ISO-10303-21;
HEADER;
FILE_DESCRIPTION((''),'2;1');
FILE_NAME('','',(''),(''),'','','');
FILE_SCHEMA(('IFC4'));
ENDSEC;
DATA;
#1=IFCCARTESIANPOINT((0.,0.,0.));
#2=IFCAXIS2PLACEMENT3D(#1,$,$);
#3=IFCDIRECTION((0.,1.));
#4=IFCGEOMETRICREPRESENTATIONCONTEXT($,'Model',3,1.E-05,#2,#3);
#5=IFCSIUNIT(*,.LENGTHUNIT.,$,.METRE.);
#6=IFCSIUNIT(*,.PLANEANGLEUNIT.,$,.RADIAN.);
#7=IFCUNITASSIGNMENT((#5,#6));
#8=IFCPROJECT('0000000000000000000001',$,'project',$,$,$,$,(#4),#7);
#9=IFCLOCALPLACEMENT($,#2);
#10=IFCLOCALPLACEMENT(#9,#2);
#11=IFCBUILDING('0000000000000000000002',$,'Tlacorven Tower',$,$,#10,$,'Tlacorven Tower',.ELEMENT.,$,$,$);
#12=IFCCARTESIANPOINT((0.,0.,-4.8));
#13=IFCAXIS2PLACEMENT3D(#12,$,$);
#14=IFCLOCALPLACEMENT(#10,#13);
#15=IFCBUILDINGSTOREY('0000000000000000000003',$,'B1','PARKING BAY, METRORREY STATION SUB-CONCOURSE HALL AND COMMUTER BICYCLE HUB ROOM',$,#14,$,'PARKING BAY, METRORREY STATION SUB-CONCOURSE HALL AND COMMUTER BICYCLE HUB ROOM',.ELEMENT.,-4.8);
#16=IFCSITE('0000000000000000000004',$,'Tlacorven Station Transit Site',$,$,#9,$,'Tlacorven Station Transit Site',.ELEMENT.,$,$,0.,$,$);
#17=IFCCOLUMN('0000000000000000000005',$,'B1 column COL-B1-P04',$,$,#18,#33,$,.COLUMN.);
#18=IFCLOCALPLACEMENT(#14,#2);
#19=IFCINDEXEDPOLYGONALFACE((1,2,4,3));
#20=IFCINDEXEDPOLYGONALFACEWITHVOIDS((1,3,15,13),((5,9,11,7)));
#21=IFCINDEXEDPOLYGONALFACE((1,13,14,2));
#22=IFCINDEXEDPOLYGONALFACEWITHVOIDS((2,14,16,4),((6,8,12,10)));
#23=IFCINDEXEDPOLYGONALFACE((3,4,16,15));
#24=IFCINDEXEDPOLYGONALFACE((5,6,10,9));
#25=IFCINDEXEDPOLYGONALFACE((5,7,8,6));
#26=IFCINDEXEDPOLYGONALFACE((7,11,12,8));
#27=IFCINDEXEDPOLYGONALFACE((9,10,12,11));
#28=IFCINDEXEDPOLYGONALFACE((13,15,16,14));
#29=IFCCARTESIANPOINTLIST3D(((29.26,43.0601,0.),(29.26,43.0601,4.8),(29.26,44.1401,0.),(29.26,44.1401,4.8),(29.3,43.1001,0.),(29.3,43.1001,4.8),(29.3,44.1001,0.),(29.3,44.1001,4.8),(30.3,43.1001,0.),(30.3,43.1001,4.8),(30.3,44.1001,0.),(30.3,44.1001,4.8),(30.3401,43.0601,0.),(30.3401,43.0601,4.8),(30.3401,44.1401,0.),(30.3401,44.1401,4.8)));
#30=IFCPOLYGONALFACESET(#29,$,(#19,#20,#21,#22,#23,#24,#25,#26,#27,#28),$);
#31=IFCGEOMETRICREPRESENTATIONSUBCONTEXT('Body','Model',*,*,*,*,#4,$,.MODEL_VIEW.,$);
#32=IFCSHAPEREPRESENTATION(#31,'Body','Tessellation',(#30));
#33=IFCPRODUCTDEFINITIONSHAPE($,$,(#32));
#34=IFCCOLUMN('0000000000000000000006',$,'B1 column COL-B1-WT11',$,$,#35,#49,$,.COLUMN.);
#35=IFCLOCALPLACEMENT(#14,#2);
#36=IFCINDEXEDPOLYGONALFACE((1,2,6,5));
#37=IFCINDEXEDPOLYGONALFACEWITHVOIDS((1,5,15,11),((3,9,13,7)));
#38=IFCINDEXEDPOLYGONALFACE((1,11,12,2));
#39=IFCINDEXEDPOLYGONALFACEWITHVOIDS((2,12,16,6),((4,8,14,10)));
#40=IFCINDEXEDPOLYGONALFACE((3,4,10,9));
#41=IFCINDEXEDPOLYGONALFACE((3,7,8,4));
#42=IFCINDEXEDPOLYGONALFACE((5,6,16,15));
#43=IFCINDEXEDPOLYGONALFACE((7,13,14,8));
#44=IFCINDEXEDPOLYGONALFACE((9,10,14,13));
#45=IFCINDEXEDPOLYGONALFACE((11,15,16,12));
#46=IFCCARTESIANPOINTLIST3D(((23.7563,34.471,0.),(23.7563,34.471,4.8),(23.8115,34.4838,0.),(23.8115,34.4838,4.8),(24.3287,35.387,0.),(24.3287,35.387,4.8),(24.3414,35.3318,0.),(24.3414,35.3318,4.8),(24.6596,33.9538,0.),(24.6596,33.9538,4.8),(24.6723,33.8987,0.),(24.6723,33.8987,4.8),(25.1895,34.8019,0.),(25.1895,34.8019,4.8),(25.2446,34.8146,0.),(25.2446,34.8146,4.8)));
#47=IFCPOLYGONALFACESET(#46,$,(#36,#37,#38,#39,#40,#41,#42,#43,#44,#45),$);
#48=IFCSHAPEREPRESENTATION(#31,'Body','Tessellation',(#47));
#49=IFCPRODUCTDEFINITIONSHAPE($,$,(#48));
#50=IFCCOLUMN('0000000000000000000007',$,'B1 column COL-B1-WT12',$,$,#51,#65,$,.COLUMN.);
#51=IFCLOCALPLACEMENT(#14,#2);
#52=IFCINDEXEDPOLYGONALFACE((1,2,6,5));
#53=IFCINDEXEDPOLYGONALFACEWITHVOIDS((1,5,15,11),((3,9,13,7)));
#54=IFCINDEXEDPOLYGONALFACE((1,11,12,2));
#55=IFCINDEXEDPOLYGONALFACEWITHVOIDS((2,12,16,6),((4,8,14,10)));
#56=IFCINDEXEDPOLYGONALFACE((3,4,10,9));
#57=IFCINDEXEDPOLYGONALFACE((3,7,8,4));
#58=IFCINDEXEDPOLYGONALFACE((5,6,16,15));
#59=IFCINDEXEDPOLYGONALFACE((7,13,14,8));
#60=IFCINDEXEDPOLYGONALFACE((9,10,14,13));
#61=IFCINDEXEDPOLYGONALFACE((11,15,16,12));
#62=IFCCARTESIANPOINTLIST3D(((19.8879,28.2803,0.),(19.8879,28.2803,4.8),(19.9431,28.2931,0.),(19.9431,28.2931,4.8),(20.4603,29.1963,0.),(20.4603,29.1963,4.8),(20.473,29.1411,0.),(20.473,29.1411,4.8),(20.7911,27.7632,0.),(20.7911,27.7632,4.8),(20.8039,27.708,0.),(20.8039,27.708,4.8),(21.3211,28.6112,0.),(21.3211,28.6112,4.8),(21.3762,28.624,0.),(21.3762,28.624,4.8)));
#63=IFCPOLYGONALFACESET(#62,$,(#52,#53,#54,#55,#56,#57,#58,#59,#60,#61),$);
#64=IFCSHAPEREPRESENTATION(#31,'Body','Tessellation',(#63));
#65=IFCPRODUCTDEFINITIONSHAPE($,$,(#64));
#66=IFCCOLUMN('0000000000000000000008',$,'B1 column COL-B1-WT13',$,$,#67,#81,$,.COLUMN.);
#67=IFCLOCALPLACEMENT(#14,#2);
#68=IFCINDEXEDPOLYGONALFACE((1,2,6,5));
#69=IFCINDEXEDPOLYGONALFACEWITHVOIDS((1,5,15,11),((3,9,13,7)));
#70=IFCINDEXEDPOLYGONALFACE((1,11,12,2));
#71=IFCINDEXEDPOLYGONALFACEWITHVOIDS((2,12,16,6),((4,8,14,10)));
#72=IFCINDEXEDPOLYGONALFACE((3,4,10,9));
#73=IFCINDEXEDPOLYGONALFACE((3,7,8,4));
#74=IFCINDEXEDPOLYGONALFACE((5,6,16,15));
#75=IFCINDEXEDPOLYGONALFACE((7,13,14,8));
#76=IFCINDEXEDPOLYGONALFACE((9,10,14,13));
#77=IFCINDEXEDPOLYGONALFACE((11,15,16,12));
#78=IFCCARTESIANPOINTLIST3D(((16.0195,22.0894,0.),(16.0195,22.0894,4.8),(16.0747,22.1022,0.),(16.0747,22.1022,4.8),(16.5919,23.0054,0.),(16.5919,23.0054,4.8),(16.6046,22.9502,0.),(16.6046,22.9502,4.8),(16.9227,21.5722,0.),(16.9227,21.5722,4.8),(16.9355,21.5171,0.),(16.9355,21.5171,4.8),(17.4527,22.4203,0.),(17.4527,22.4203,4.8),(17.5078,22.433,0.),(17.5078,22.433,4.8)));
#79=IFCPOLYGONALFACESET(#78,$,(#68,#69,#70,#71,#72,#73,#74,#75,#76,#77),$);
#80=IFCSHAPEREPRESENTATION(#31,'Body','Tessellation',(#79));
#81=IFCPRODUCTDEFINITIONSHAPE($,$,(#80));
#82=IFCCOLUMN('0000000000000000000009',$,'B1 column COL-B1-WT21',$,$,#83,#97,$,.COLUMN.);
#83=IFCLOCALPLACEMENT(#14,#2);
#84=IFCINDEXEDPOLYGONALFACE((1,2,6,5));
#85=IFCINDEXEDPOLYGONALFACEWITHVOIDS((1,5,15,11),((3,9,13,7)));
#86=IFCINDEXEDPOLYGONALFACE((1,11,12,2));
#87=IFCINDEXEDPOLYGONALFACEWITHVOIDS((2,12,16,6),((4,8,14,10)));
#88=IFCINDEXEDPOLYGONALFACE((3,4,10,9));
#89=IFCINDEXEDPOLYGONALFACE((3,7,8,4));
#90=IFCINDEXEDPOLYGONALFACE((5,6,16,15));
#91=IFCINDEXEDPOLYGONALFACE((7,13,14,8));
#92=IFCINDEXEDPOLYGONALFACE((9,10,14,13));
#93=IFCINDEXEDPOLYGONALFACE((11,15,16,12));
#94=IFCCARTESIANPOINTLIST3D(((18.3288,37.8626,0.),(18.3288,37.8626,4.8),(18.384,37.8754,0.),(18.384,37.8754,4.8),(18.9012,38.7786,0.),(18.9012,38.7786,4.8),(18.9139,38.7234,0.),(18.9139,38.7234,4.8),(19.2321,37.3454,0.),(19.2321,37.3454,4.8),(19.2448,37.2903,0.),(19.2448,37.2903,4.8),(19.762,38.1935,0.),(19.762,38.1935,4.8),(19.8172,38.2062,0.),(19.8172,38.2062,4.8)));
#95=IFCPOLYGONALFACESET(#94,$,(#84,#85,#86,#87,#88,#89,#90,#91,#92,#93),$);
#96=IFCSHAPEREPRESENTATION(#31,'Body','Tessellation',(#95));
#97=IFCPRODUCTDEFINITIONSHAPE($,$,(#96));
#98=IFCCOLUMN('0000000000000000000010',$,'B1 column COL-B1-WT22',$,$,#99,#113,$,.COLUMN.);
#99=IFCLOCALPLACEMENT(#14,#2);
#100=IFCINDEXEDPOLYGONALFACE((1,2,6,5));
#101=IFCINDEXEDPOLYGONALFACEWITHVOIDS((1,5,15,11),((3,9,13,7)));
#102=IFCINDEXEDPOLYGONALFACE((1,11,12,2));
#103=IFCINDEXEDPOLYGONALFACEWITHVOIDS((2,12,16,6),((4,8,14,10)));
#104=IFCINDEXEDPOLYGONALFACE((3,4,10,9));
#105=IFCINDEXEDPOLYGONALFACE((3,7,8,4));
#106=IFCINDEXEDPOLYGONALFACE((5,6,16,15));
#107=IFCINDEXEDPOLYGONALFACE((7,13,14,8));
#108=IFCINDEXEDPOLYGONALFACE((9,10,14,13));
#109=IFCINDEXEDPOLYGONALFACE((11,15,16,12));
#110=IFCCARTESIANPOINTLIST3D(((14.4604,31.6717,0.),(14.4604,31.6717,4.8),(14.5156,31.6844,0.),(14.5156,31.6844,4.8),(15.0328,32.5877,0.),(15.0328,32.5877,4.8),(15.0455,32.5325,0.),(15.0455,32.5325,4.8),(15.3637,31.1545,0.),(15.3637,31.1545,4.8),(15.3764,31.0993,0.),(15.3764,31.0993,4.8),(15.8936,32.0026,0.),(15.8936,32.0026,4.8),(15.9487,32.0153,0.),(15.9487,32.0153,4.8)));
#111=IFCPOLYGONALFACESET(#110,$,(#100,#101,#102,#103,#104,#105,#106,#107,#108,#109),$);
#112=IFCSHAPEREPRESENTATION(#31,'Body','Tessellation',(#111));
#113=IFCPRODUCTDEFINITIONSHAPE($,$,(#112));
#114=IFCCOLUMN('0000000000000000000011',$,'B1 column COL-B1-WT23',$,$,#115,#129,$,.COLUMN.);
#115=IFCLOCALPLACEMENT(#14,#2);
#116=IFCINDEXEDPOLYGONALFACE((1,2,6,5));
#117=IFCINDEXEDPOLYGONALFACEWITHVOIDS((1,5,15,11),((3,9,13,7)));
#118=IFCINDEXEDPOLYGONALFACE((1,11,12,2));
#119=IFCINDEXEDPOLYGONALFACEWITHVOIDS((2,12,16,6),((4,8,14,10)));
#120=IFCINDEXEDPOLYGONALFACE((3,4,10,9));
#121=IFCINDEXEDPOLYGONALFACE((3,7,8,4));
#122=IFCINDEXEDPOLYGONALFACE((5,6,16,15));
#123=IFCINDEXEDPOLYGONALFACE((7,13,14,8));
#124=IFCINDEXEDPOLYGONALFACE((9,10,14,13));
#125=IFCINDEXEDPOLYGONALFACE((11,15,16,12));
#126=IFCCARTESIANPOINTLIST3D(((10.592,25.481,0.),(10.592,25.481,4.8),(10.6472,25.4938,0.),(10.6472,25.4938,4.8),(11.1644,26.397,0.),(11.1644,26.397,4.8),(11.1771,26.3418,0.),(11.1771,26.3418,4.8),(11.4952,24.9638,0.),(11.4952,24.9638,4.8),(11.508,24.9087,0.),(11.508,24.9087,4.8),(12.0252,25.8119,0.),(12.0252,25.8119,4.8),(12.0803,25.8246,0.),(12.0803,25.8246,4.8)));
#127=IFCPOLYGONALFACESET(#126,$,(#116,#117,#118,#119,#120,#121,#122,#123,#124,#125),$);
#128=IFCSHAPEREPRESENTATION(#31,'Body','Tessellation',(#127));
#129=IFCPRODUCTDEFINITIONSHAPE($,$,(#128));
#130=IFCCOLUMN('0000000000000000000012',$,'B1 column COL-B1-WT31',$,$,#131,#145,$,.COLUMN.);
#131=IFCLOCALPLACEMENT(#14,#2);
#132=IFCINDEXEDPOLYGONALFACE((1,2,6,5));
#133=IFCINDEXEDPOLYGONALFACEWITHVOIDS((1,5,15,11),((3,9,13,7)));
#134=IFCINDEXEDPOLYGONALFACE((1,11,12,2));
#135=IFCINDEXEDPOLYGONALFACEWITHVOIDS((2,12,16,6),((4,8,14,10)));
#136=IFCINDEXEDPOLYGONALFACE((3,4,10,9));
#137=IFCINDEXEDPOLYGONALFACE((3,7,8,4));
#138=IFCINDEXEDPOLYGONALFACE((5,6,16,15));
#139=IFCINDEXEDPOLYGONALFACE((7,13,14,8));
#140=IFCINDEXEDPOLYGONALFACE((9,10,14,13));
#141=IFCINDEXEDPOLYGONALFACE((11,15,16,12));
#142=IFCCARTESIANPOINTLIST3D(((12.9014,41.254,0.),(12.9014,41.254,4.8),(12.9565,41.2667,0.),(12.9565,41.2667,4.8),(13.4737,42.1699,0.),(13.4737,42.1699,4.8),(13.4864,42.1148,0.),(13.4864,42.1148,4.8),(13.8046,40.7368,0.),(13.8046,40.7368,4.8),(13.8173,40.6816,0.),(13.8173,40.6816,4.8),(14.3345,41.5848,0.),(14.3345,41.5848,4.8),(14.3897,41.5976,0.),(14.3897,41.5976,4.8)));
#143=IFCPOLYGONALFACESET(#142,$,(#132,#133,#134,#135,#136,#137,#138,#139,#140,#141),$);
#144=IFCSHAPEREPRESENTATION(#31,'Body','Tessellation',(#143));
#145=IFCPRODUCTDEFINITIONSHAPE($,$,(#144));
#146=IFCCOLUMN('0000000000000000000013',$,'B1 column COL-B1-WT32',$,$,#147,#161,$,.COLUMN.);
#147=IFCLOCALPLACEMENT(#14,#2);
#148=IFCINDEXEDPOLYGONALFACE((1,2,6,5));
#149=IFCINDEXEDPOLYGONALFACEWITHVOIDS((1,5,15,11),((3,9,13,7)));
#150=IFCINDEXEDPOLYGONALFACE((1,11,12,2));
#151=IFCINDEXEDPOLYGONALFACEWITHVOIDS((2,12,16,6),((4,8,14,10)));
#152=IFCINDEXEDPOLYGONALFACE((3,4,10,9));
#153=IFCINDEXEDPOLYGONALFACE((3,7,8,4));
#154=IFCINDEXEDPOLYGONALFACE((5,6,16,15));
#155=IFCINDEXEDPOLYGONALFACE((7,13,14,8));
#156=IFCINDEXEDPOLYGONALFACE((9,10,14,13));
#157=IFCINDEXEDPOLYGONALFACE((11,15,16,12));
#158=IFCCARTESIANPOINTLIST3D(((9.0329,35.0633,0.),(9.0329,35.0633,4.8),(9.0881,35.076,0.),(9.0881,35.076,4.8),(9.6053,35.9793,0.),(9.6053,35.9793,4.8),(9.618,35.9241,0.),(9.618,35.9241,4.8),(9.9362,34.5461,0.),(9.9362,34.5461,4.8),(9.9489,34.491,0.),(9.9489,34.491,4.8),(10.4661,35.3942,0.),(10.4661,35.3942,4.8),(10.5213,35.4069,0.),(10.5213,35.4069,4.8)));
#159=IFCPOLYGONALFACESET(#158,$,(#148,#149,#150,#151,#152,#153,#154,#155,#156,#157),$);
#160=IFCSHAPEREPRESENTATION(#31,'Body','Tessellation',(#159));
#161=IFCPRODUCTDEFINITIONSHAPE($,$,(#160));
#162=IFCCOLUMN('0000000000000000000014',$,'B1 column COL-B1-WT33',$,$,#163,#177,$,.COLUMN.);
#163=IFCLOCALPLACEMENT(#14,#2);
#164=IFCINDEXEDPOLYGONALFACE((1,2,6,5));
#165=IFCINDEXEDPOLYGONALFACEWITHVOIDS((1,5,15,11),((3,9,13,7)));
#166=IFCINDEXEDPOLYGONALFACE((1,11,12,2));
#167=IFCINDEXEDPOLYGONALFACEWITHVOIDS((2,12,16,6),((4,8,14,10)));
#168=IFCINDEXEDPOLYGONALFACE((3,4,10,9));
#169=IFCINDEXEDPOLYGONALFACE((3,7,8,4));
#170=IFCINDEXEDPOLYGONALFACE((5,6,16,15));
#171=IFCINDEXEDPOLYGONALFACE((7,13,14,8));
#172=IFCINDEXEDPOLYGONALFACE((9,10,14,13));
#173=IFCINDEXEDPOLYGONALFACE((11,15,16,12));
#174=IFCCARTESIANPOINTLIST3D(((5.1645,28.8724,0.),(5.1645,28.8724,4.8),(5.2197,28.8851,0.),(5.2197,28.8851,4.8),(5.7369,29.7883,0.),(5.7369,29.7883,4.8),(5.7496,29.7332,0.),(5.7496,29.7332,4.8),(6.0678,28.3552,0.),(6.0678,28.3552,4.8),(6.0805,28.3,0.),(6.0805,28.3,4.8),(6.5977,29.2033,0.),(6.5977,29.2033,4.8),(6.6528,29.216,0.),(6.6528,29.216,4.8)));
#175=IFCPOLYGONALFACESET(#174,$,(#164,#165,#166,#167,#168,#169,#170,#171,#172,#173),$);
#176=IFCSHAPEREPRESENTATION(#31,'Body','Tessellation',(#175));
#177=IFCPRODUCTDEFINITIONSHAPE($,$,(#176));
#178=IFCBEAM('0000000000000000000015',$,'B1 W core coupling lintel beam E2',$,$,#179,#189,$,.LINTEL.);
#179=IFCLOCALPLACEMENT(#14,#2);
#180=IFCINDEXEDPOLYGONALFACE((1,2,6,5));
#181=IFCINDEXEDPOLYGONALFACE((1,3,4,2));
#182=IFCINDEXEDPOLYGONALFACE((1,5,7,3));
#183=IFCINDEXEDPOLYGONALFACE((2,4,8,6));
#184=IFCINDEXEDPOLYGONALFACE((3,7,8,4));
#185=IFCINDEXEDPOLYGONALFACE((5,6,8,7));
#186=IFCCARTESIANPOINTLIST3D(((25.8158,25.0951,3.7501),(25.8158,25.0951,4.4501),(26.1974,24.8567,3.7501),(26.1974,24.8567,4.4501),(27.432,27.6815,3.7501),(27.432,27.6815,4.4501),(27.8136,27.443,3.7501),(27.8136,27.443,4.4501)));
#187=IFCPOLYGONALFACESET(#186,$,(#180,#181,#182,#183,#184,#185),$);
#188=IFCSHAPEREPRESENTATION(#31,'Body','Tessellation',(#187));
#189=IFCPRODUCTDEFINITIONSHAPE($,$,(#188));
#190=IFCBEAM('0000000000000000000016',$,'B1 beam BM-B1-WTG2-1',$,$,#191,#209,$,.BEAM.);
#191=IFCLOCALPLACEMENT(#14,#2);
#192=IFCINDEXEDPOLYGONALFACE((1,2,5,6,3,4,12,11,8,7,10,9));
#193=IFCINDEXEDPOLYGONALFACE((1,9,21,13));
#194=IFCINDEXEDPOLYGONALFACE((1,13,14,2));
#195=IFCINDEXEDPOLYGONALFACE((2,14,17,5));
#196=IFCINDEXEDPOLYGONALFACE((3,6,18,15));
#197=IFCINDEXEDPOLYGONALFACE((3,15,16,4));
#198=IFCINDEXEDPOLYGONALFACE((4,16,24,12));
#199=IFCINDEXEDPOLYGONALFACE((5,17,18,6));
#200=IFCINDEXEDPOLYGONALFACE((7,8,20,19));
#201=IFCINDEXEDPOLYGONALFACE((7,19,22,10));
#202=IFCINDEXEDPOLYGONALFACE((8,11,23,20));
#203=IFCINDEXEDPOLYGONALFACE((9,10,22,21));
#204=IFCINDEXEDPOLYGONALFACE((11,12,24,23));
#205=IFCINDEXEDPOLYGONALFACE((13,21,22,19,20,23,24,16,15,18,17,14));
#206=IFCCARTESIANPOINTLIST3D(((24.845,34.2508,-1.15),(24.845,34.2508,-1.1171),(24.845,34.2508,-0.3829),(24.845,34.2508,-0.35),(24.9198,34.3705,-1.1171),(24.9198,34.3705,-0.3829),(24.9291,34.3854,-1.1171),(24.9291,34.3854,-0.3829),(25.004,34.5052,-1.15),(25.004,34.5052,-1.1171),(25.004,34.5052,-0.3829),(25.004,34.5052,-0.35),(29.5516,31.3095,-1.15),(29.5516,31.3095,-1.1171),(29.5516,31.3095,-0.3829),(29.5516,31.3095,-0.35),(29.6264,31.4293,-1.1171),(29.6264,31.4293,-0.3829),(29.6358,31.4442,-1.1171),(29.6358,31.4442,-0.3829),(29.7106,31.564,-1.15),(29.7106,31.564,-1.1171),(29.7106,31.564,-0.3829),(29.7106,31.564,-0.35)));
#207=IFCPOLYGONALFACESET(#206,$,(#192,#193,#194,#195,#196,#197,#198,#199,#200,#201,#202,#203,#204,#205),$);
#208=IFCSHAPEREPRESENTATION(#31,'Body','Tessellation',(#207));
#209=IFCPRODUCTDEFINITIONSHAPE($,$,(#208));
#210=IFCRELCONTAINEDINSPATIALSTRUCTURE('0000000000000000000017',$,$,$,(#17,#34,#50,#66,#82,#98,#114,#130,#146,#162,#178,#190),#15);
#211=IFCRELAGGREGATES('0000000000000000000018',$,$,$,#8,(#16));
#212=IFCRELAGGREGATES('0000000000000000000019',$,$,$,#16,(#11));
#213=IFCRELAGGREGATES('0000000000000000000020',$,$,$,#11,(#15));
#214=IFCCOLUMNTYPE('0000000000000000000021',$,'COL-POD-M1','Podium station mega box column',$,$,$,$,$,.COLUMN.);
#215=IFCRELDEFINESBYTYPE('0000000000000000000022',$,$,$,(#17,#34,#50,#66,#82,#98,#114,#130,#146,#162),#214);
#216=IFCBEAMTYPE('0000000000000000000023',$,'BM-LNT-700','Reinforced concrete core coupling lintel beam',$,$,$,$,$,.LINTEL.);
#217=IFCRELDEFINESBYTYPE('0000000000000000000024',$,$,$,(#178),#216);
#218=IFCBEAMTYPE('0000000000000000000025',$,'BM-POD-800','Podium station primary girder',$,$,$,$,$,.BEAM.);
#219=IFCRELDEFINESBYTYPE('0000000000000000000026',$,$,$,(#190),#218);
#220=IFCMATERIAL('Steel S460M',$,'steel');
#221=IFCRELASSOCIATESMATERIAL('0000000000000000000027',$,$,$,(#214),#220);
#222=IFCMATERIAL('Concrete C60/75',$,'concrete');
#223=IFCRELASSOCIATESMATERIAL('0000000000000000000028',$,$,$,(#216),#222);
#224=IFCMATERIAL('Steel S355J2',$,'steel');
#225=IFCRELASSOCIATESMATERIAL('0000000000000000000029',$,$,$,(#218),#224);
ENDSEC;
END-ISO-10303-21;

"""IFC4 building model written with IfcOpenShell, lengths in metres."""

from ifc_helpers import new_model, si_unit, direction, frame, origin, origin_2d, place, context, subcontext, project, spatial, rectangle, hollow_rectangle, i_section, extrude, source, transform, mapped, material, material_profile, profile_set, type_object, element, save


model = new_model("IFC4")

# Units and contexts
model_context = context("Model", 3, precision=1e-05, world=origin(), true_north=direction((0.0, 1.0)))
body_context = subcontext(model_context, "Body", "Model", "MODEL_VIEW")
ifc_project = project(units=[si_unit("LENGTHUNIT", "METRE"), si_unit("PLANEANGLEUNIT", "RADIAN")], contexts=[model_context])

# Site, building, storey
site_placement = place(None, origin())
site = spatial("IfcSite", under=ifc_project, at=site_placement, Name="Tlacorven Station Transit Site", LongName="Tlacorven Station Transit Site", CompositionType="ELEMENT", RefElevation=0.0)
building_placement = place(site_placement, origin())
building = spatial("IfcBuilding", under=site, at=building_placement, Name="Tlacorven Tower", LongName="Tlacorven Tower", CompositionType="ELEMENT")
storey_placement = place(building_placement, frame((0.0, 0.0, -4.8)))
storey = spatial("IfcBuildingStorey", under=building, at=storey_placement, Name="B1", Description="PARKING BAY, METRORREY STATION SUB-CONCOURSE HALL AND COMMUTER BICYCLE HUB ROOM", LongName="PARKING BAY, METRORREY STATION SUB-CONCOURSE HALL AND COMMUTER BICYCLE HUB ROOM", CompositionType="ELEMENT", Elevation=-4.8)

# Columns
ifc_material_1 = material(Name="Steel S460M", Category="steel")
ifc_material_profile_1 = material_profile(ifc_material_1, hollow_rectangle(XDim=1.0801, YDim=1.0801, WallThickness=0.04, at=origin_2d()), Name="BOX 1080X1080X40")
ifc_profile_set_1 = profile_set([ifc_material_profile_1], Name="Steel S460M")
column_type = type_object("IfcColumnType", Name="COL-POD-M1", Description="Podium station mega box column", PredefinedType="COLUMN", material=ifc_profile_set_1)
shared_shape_1 = source(origin(), body_context, "Body", "SweptSolid", [
    extrude(hollow_rectangle(XDim=1.0801, YDim=1.0801, WallThickness=0.04, at=origin_2d()), origin(), (0.0, 0.0, 1.0), 4.8),
])
for number, where, z_axis, x_axis, name in (
    (1, (29.8, 43.6001, 0.0), (0.0, 0.0, 1.0), (1.0, 0.0, 0.0), "B1 column COL-B1-P04"),
    (2, (24.5005, 34.6428, 0.0), (0.0, 0.0, 1.0), (-0.848048, 0.529919, 0.0), "B1 column COL-B1-WT11"),
    (3, (20.6321, 28.4521, 0.0), (0.0, 0.0, 1.0), (-0.848048, 0.529919, 0.0), "B1 column COL-B1-WT12"),
    (4, (16.7637, 22.2612, 0.0), (0.0, 0.0, 1.0), (-0.848048, 0.529919, 0.0), "B1 column COL-B1-WT13"),
    (5, (19.073, 38.0344, 0.0), (0.0, 0.0, 1.0), (-0.848048, 0.529919, 0.0), "B1 column COL-B1-WT21"),
    (6, (15.2046, 31.8435, 0.0), (0.0, 0.0, 1.0), (-0.848048, 0.529919, 0.0), "B1 column COL-B1-WT22"),
    (7, (11.3362, 25.6528, 0.0), (0.0, 0.0, 1.0), (-0.848048, 0.529919, 0.0), "B1 column COL-B1-WT23"),
    (8, (13.6455, 41.4258, 0.0), (0.0, 0.0, 1.0), (-0.848048, 0.529919, 0.0), "B1 column COL-B1-WT31"),
    (9, (9.7771, 35.2351, 0.0), (0.0, 0.0, 1.0), (-0.848048, 0.529919, 0.0), "B1 column COL-B1-WT32"),
    (10, (5.9087, 29.0442, 0.0), (0.0, 0.0, 1.0), (-0.848048, 0.529919, 0.0), "B1 column COL-B1-WT33"),
):
    element("IfcColumn", number, at=place(storey_placement, frame(where, z_axis=z_axis, x_axis=x_axis)), inside=storey, type_object=column_type, Name=name, PredefinedType="COLUMN", context=body_context, shape_type="MappedRepresentation", body=[
        mapped(shared_shape_1, transform((0.0, 0.0, 0.0), scale=1.0)),
    ])

# Beams
ifc_material_2 = material(Name="Concrete C60/75", Category="concrete")
ifc_material_profile_2 = material_profile(ifc_material_2, rectangle(XDim=0.45, YDim=0.7, at=origin_2d()), Name="RC 450X700")
ifc_profile_set_2 = profile_set([ifc_material_profile_2], Name="Concrete C60/75")
beam_type_1 = type_object("IfcBeamType", Name="BM-LNT-700", Description="Reinforced concrete core coupling lintel beam", PredefinedType="LINTEL", material=ifc_profile_set_2)
shared_shape_2 = source(origin(), body_context, "Body", "SweptSolid", [
    extrude(rectangle(XDim=0.45, YDim=0.7, at=origin_2d()), origin(), (0.0, 0.0, 1.0), 3.0498),
])
beam_1_placement = place(storey_placement, frame((27.6228, 27.5623, 4.1001), z_axis=(-0.529927, -0.848043, 0.0), x_axis=(0.848043, -0.529927, 0.0)))
element("IfcBeam", 11, at=beam_1_placement, inside=storey, type_object=beam_type_1, Name="B1 W core coupling lintel beam E2", PredefinedType="LINTEL", context=body_context, shape_type="MappedRepresentation", body=[
    mapped(shared_shape_2, transform((0.0, 0.0, 0.0), scale=1.0)),
])
ifc_material_3 = material(Name="Steel S355J2", Category="steel")
ifc_material_profile_3 = material_profile(ifc_material_3, i_section(OverallWidth=0.3, OverallDepth=0.8, WebThickness=0.0176, FlangeThickness=0.033, at=origin_2d()), Name="HEB 800")
ifc_profile_set_3 = profile_set([ifc_material_profile_3], Name="Steel S355J2")
beam_type_2 = type_object("IfcBeamType", Name="BM-POD-800", Description="Podium station primary girder", PredefinedType="BEAM", material=ifc_profile_set_3)
shared_shape_3 = source(origin(), body_context, "Body", "SweptSolid", [
    extrude(i_section(OverallWidth=0.3, OverallDepth=0.8, WebThickness=0.0176, FlangeThickness=0.033, at=origin_2d()), origin(), (0.0, 0.0, 1.0), 5.55),
])
beam_2_placement = place(storey_placement, frame((29.6311, 31.4368, -0.75), z_axis=(-0.848033, 0.529944, 0.0), x_axis=(-0.529944, -0.848033, 0.0)))
element("IfcBeam", 12, at=beam_2_placement, inside=storey, type_object=beam_type_2, Name="B1 beam BM-B1-WTG2-1", PredefinedType="BEAM", context=body_context, shape_type="MappedRepresentation", body=[
    mapped(shared_shape_3, transform((0.0, 0.0, 0.0), scale=1.0)),
])

save(model, "model.ifc")
